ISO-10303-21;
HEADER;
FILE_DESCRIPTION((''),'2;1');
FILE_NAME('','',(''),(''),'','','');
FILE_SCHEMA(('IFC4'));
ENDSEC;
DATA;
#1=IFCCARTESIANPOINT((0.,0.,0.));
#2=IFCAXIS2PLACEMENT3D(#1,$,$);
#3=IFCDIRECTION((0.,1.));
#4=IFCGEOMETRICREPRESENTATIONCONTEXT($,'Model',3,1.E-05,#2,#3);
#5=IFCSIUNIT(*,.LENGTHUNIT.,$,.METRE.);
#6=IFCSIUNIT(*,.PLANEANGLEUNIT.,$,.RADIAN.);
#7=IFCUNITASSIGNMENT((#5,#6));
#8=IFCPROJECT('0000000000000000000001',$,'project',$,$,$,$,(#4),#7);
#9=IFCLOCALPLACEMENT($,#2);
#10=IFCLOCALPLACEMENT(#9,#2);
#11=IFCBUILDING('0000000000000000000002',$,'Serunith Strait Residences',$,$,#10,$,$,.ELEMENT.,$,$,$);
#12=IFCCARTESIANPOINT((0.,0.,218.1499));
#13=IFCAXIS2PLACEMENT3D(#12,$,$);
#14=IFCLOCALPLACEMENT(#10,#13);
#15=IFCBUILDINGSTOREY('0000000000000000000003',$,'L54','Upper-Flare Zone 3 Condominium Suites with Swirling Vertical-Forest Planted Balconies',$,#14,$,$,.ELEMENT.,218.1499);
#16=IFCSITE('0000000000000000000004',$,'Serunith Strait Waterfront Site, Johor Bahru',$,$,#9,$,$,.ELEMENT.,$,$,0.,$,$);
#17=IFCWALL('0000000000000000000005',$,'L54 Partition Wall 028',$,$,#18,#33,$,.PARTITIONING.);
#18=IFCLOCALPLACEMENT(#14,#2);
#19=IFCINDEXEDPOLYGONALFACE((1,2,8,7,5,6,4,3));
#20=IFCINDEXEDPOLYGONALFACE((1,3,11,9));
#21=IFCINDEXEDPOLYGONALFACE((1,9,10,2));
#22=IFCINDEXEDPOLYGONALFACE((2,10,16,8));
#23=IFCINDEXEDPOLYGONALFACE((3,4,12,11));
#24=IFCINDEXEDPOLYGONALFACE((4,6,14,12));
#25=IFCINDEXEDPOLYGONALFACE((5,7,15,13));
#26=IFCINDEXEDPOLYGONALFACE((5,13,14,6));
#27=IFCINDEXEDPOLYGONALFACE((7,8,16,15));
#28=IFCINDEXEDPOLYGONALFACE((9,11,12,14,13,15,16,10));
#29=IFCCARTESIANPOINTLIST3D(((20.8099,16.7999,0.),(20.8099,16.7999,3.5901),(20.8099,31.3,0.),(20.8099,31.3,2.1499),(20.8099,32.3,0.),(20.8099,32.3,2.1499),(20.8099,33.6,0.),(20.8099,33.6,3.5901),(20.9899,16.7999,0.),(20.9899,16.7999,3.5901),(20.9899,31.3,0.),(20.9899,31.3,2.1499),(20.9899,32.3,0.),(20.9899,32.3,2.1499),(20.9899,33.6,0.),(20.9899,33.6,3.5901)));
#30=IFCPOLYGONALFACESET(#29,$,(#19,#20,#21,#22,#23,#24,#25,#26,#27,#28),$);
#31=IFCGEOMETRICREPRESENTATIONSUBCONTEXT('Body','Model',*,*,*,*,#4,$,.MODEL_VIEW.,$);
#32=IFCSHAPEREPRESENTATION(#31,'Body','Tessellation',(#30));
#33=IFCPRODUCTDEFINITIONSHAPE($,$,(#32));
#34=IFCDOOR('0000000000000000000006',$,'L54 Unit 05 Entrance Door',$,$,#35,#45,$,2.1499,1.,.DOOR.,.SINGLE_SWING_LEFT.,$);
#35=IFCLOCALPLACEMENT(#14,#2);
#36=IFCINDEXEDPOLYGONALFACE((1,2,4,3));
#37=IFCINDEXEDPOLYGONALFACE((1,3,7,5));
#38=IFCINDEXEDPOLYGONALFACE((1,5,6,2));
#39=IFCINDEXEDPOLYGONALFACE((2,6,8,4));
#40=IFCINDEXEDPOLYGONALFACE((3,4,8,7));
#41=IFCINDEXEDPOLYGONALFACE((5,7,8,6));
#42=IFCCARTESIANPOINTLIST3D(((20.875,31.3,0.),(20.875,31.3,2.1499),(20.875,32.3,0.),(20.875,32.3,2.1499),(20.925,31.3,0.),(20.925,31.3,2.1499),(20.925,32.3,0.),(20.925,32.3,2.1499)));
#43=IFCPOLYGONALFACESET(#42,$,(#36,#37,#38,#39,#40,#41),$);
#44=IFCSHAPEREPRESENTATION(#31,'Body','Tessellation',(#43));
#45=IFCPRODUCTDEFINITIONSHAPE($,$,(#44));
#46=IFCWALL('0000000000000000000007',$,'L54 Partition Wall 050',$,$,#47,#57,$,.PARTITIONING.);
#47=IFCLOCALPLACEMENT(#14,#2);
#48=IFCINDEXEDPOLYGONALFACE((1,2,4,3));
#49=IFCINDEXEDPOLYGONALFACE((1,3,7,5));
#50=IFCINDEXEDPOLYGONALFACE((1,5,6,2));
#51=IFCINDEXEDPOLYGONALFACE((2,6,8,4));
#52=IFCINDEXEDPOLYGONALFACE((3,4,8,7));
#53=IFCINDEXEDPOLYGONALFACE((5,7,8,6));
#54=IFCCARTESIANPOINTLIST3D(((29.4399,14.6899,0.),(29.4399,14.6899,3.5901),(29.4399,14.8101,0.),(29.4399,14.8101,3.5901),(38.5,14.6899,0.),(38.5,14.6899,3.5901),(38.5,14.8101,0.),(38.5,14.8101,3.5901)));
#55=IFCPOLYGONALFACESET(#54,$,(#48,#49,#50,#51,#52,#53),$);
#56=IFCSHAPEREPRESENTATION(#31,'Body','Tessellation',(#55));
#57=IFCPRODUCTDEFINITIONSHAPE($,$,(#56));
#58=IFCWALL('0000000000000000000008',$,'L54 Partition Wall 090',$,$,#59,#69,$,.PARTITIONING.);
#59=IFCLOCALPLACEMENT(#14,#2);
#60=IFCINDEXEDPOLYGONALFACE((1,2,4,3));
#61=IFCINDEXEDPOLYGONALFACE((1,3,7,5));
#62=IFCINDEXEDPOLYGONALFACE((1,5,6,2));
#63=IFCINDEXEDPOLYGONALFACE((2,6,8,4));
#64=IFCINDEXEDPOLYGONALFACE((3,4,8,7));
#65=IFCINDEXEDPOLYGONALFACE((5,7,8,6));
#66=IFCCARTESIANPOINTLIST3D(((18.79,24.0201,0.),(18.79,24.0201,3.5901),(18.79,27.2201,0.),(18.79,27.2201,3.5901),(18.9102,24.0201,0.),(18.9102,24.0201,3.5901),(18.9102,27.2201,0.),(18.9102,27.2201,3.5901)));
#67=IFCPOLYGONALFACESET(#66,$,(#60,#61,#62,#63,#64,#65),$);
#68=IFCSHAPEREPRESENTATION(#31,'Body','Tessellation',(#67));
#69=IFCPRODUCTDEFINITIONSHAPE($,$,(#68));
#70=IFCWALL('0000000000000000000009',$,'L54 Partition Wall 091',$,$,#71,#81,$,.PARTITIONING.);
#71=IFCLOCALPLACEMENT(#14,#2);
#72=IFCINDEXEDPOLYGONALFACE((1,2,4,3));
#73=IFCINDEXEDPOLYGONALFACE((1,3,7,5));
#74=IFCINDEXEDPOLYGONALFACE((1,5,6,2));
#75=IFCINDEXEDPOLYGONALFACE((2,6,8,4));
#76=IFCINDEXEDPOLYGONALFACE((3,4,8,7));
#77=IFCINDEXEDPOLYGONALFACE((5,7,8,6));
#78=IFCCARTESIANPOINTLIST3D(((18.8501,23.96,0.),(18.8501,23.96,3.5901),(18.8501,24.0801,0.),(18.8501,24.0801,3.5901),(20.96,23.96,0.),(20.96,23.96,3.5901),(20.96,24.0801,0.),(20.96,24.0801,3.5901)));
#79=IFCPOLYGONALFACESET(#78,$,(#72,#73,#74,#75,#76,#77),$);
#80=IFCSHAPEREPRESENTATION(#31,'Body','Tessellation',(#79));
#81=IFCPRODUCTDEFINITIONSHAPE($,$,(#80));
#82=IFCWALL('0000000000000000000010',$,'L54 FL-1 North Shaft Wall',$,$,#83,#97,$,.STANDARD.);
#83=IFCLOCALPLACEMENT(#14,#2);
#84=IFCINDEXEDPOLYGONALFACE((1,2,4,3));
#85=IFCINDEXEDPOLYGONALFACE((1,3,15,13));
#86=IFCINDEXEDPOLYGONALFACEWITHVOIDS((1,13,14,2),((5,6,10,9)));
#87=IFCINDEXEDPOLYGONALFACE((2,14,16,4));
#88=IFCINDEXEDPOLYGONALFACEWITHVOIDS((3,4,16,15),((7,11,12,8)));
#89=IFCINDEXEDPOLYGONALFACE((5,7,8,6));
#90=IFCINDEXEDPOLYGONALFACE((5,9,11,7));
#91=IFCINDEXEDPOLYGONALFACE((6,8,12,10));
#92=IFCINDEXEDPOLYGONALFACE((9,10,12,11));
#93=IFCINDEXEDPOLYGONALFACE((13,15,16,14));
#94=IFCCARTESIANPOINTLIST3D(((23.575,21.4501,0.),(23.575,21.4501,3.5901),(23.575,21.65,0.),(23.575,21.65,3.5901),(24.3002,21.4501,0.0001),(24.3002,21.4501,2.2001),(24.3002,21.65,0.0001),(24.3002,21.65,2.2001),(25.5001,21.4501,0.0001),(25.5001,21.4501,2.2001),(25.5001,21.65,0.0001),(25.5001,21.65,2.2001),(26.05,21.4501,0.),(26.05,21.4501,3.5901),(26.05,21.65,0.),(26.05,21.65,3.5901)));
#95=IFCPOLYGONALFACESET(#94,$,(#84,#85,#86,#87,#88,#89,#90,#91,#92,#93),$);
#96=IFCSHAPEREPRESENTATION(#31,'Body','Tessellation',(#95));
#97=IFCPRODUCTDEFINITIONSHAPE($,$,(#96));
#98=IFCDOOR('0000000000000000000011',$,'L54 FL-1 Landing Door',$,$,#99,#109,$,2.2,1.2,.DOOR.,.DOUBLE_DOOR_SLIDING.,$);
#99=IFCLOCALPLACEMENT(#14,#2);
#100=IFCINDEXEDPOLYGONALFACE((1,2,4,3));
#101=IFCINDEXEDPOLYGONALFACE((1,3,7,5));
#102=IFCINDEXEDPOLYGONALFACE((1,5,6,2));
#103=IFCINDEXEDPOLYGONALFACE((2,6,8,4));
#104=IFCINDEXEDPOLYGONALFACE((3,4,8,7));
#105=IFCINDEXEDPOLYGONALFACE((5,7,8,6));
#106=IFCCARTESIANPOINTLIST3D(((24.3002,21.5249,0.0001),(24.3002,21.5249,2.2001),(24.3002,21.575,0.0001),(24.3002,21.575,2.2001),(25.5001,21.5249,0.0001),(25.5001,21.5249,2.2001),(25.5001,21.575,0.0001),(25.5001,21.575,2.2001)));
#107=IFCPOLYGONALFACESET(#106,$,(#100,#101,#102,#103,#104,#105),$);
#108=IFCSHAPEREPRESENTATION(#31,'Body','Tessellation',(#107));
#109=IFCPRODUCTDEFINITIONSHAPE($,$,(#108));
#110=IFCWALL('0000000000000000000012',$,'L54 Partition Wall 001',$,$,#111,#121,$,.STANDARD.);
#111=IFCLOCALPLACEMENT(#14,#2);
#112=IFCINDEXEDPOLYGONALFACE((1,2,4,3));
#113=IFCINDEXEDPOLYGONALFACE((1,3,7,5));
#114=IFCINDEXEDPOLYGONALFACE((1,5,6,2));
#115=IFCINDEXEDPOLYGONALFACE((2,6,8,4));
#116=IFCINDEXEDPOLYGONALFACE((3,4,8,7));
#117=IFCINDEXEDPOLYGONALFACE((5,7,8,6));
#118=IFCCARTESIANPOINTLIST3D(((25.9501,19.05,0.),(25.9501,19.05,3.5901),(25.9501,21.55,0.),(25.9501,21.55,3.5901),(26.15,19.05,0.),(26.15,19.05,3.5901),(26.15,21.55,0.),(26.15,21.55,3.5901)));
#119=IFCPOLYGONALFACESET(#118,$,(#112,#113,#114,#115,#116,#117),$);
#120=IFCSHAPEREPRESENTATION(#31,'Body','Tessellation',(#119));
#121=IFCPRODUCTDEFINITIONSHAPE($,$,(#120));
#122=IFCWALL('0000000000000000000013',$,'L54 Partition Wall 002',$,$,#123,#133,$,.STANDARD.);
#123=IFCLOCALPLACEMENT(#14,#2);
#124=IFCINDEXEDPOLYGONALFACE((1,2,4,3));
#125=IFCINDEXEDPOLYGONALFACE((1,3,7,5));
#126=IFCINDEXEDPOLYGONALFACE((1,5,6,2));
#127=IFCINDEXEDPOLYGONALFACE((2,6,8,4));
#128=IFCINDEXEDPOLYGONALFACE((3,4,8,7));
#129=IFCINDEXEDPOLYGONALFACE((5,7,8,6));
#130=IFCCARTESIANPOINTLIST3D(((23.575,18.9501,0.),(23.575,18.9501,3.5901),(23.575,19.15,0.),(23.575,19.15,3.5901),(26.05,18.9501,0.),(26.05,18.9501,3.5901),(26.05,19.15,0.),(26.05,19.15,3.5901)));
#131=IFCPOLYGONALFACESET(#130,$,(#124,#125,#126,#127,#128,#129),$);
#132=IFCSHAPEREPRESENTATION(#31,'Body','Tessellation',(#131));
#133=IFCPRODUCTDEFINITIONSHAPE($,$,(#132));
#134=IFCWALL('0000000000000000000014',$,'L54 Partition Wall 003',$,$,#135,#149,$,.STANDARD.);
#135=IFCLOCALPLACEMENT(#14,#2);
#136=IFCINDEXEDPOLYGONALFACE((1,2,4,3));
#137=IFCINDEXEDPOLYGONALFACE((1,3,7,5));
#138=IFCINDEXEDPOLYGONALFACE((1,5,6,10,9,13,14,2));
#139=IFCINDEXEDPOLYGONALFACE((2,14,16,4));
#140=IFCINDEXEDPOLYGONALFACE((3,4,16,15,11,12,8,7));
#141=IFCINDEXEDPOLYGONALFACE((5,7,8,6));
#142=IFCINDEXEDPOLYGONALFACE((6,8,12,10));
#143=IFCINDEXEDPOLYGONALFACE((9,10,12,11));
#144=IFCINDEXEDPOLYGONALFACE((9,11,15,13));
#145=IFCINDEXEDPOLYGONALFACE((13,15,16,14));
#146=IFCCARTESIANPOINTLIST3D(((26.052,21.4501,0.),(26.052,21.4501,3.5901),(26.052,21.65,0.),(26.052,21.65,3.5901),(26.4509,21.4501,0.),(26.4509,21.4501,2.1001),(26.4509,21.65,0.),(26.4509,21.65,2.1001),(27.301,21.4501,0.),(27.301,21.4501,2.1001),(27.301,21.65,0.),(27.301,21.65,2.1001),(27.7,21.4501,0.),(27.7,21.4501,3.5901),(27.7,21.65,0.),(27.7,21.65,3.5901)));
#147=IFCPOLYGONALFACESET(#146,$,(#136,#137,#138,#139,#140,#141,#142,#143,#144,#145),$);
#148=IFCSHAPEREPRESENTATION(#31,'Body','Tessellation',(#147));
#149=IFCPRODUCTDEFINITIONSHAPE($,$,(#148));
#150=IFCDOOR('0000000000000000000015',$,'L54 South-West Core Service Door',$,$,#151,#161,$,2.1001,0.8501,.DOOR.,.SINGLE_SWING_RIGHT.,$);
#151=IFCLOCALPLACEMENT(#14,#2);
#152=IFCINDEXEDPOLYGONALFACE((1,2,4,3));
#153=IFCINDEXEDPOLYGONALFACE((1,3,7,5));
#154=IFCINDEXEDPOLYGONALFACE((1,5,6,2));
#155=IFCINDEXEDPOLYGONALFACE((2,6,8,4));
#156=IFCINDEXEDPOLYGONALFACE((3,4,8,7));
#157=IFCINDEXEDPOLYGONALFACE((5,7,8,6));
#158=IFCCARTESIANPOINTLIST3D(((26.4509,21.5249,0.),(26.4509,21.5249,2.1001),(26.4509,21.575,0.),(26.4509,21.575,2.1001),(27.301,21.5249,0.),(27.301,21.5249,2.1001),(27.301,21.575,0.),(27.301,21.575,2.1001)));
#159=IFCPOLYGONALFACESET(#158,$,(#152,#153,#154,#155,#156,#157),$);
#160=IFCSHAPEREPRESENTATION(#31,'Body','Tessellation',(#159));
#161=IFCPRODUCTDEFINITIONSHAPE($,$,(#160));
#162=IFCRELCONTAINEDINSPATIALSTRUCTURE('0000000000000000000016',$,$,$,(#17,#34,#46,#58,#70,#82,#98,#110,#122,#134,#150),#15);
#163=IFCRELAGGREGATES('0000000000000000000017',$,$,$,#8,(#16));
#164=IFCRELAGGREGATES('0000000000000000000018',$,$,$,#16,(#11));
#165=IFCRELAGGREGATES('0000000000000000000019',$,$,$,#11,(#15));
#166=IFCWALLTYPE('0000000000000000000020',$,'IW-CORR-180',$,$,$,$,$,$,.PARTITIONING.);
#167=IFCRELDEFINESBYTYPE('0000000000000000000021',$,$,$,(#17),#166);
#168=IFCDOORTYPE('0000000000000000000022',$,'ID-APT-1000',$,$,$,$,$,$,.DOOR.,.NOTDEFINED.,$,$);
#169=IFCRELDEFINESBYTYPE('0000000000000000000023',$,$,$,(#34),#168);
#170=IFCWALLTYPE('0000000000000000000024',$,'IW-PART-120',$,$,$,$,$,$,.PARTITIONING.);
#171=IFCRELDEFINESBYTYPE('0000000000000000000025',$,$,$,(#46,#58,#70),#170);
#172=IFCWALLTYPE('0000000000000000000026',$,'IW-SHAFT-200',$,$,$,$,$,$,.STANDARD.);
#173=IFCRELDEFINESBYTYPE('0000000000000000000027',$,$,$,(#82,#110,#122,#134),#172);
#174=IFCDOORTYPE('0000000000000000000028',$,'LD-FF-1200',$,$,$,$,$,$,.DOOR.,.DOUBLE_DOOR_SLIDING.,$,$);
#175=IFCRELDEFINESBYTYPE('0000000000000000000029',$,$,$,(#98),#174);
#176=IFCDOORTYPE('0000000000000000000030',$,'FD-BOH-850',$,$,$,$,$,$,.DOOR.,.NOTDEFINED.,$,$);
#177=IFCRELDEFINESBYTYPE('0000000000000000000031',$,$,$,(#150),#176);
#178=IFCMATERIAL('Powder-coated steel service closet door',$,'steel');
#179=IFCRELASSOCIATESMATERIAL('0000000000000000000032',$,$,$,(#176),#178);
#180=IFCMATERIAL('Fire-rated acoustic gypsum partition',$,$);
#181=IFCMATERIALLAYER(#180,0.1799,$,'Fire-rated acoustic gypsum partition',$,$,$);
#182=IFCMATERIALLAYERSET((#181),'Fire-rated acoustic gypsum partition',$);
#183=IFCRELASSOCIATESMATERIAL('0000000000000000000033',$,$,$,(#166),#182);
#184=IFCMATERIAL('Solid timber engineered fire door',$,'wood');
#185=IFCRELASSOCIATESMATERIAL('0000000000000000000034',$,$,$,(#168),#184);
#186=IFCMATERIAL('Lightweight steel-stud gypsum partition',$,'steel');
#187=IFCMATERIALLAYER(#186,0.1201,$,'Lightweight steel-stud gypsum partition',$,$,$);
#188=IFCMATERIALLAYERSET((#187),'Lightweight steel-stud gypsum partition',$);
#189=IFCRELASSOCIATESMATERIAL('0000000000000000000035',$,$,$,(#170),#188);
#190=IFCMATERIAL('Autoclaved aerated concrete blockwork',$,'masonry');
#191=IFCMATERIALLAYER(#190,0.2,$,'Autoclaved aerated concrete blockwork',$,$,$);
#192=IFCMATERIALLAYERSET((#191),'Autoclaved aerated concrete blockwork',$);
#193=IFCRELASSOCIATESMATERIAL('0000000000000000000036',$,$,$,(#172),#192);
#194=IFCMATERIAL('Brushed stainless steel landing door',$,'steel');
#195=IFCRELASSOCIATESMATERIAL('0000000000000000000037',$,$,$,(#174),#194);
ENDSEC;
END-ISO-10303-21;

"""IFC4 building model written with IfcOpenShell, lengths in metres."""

from ifc_helpers import new_model, si_unit, direction, frame, frame_2d, origin, place, context, subcontext, project, spatial, rectangle, extrude, source, transform, mapped, material, layer, layer_set, type_object, element, fill, save


model = new_model("IFC4")

# Units and contexts
model_context = context("Model", 3, precision=1e-05, world=origin(), true_north=direction((0.0, 1.0)))
body_context = subcontext(model_context, "Body", "Model", "MODEL_VIEW")
ifc_project = project(units=[si_unit("LENGTHUNIT", "METRE"), si_unit("PLANEANGLEUNIT", "RADIAN")], contexts=[model_context])

# Site, building, storey
site_placement = place(None, origin())
site = spatial("IfcSite", under=ifc_project, at=site_placement, Name="Serunith Strait Waterfront Site, Johor Bahru", CompositionType="ELEMENT", RefElevation=0.0)
building_placement = place(site_placement, origin())
building = spatial("IfcBuilding", under=site, at=building_placement, Name="Serunith Strait Residences", CompositionType="ELEMENT")
storey_placement = place(building_placement, frame((0.0, 0.0, 218.1499)))
storey = spatial("IfcBuildingStorey", under=building, at=storey_placement, Name="L54", Description="Upper-Flare Zone 3 Condominium Suites with Swirling Vertical-Forest Planted Balconies", CompositionType="ELEMENT", Elevation=218.1499)

# Wall, opening, door
ifc_material_1 = material(Name="Powder-coated steel service closet door", Category="steel")
door_type_1 = type_object("IfcDoorType", Name="FD-BOH-850", OperationType="NOTDEFINED", PredefinedType="DOOR", material=ifc_material_1)
shared_shape_1 = source(origin(), body_context, "Body", "SweptSolid", [
    extrude(rectangle(XDim=0.8501, YDim=2.1001, at=frame_2d((0.425, 1.05))), frame((0.0, 0.0249, 0.0), z_axis=(0.0, -1.0, 0.0), x_axis=(1.0, 0.0, 0.0)), (0.0, 0.0, 1.0), 0.05),
])
ifc_material_2 = material(Name="Fire-rated acoustic gypsum partition")
ifc_layer_1 = layer(ifc_material_2, 0.1799, Name="Fire-rated acoustic gypsum partition")
ifc_layer_set_1 = layer_set([ifc_layer_1], Name="Fire-rated acoustic gypsum partition")
wall_type_1 = type_object("IfcWallType", Name="IW-CORR-180", PredefinedType="PARTITIONING", material=ifc_layer_set_1)
ifc_material_3 = material(Name="Solid timber engineered fire door", Category="wood")
door_type_2 = type_object("IfcDoorType", Name="ID-APT-1000", OperationType="NOTDEFINED", PredefinedType="DOOR", material=ifc_material_3)
shared_shape_2 = source(origin(), body_context, "Body", "SweptSolid", [
    extrude(rectangle(XDim=1.0, YDim=2.1499, at=frame_2d((0.5, 1.075))), frame((0.0, 0.0249, 0.0), z_axis=(0.0, -1.0, 0.0), x_axis=(1.0, 0.0, 0.0)), (0.0, 0.0, 1.0), 0.05),
])
wall_1_placement = place(storey_placement, frame((20.8999, 16.8, 0.0), z_axis=(0.0, 0.0, 1.0), x_axis=(0.0, 1.0, 0.0)))
wall_1 = element("IfcWall", 1, at=wall_1_placement, inside=storey, type_object=wall_type_1, Name="L54 Partition Wall 028", PredefinedType="PARTITIONING", context=body_context, shape_type="SweptSolid", body=[
    extrude(rectangle(XDim=16.8, YDim=0.1799, at=frame_2d((8.3999, 0.0))), origin(), (0.0, 0.0, 1.0), 3.5901),
])
opening_1_placement = place(wall_1_placement, frame((14.5, 0.0, 0.0)))
opening_1 = element("IfcOpeningElement", 2, at=opening_1_placement, cuts=wall_1, PredefinedType="OPENING", context=body_context, shape_type="SweptSolid", body=[
    extrude(rectangle(XDim=1.0, YDim=2.1499, at=frame_2d((0.5, 1.075))), frame((0.0, 0.1001, 0.0), z_axis=(0.0, -1.0, 0.0), x_axis=(1.0, 0.0, 0.0)), (0.0, 0.0, 1.0), 0.2),
])
door_1_placement = place(opening_1_placement, origin())
door_1 = element("IfcDoor", 3, at=door_1_placement, inside=storey, type_object=door_type_2, Name="L54 Unit 05 Entrance Door", OperationType="SINGLE_SWING_LEFT", OverallHeight=2.1499, OverallWidth=1.0, PredefinedType="DOOR", context=body_context, shape_type="MappedRepresentation", body=[
    mapped(shared_shape_2, transform((0.0, 0.0, 0.0), scale=1.0)),
])
fill(opening_1, door_1)

# Walls
ifc_material_4 = material(Name="Lightweight steel-stud gypsum partition", Category="steel")
ifc_layer_2 = layer(ifc_material_4, 0.1201, Name="Lightweight steel-stud gypsum partition")
ifc_layer_set_2 = layer_set([ifc_layer_2], Name="Lightweight steel-stud gypsum partition")
wall_type_2 = type_object("IfcWallType", Name="IW-PART-120", PredefinedType="PARTITIONING", material=ifc_layer_set_2)
wall_2_placement = place(storey_placement, frame((29.4399, 14.75, 0.0), z_axis=(0.0, 0.0, 1.0), x_axis=(1.0, 0.0, 0.0)))
element("IfcWall", 4, at=wall_2_placement, inside=storey, type_object=wall_type_2, Name="L54 Partition Wall 050", PredefinedType="PARTITIONING", context=body_context, shape_type="SweptSolid", body=[
    extrude(rectangle(XDim=9.0601, YDim=0.1201, at=frame_2d((4.53, 0.0))), origin(), (0.0, 0.0, 1.0), 3.5901),
])
wall_3_placement = place(storey_placement, frame((18.8501, 24.02, 0.0), z_axis=(0.0, 0.0, 1.0), x_axis=(0.0, 1.0, 0.0)))
element("IfcWall", 5, at=wall_3_placement, inside=storey, type_object=wall_type_2, Name="L54 Partition Wall 090", PredefinedType="PARTITIONING", context=body_context, shape_type="SweptSolid", body=[
    extrude(rectangle(XDim=3.2, YDim=0.1201, at=frame_2d((1.6001, 0.0))), origin(), (0.0, 0.0, 1.0), 3.5901),
])
wall_4_placement = place(storey_placement, frame((18.8501, 24.02, 0.0), z_axis=(0.0, 0.0, 1.0), x_axis=(1.0, 0.0, 0.0)))
element("IfcWall", 6, at=wall_4_placement, inside=storey, type_object=wall_type_2, Name="L54 Partition Wall 091", PredefinedType="PARTITIONING", context=body_context, shape_type="SweptSolid", body=[
    extrude(rectangle(XDim=2.1099, YDim=0.1201, at=frame_2d((1.0549, 0.0))), origin(), (0.0, 0.0, 1.0), 3.5901),
])

# Wall, opening, door
ifc_material_5 = material(Name="Autoclaved aerated concrete blockwork", Category="masonry")
ifc_layer_3 = layer(ifc_material_5, 0.2, Name="Autoclaved aerated concrete blockwork")
ifc_layer_set_3 = layer_set([ifc_layer_3], Name="Autoclaved aerated concrete blockwork")
wall_type_3 = type_object("IfcWallType", Name="IW-SHAFT-200", PredefinedType="STANDARD", material=ifc_layer_set_3)
wall_5_placement = place(storey_placement, frame((23.575, 21.55, 0.0), z_axis=(0.0, 0.0, 1.0), x_axis=(1.0, 0.0, 0.0)))
wall_5 = element("IfcWall", 7, at=wall_5_placement, inside=storey, type_object=wall_type_3, Name="L54 FL-1 North Shaft Wall", PredefinedType="STANDARD", context=body_context, shape_type="SweptSolid", body=[
    extrude(rectangle(XDim=2.4751, YDim=0.2, at=frame_2d((1.2375, 0.0))), origin(), (0.0, 0.0, 1.0), 3.5901),
])
opening_2_placement = place(wall_5_placement, frame((0.7251, 0.0, 0.0)))
opening_2 = element("IfcOpeningElement", 8, at=opening_2_placement, cuts=wall_5, PredefinedType="OPENING", context=body_context, shape_type="SweptSolid", body=[
    extrude(rectangle(XDim=1.2, YDim=2.2, at=frame_2d((0.6001, 1.1001))), frame((0.0, 0.1099, 0.0), z_axis=(0.0, -1.0, 0.0), x_axis=(1.0, 0.0, 0.0)), (0.0, 0.0, 1.0), 0.22),
])
ifc_material_6 = material(Name="Brushed stainless steel landing door", Category="steel")
door_type_3 = type_object("IfcDoorType", Name="LD-FF-1200", OperationType="DOUBLE_DOOR_SLIDING", PredefinedType="DOOR", material=ifc_material_6)
shared_shape_3 = source(origin(), body_context, "Body", "SweptSolid", [
    extrude(rectangle(XDim=1.2, YDim=2.2, at=frame_2d((0.6001, 1.1001))), frame((0.0, 0.0249, 0.0), z_axis=(0.0, -1.0, 0.0), x_axis=(1.0, 0.0, 0.0)), (0.0, 0.0, 1.0), 0.05),
])
door_2_placement = place(opening_2_placement, origin())
door_2 = element("IfcDoor", 9, at=door_2_placement, inside=storey, type_object=door_type_3, Name="L54 FL-1 Landing Door", OperationType="DOUBLE_DOOR_SLIDING", OverallHeight=2.2, OverallWidth=1.2, PredefinedType="DOOR", context=body_context, shape_type="MappedRepresentation", body=[
    mapped(shared_shape_3, transform((0.0, 0.0, 0.0), scale=1.0)),
])
fill(opening_2, door_2)

# Walls
wall_6_placement = place(storey_placement, frame((26.05, 19.05, 0.0), z_axis=(0.0, 0.0, 1.0), x_axis=(0.0, 1.0, 0.0)))
element("IfcWall", 10, at=wall_6_placement, inside=storey, type_object=wall_type_3, Name="L54 Partition Wall 001", PredefinedType="STANDARD", context=body_context, shape_type="SweptSolid", body=[
    extrude(rectangle(XDim=2.5, YDim=0.2, at=frame_2d((1.25, 0.0))), origin(), (0.0, 0.0, 1.0), 3.5901),
])
wall_7_placement = place(storey_placement, frame((23.575, 19.05, 0.0), z_axis=(0.0, 0.0, 1.0), x_axis=(1.0, 0.0, 0.0)))
element("IfcWall", 11, at=wall_7_placement, inside=storey, type_object=wall_type_3, Name="L54 Partition Wall 002", PredefinedType="STANDARD", context=body_context, shape_type="SweptSolid", body=[
    extrude(rectangle(XDim=2.4751, YDim=0.2, at=frame_2d((1.2375, 0.0))), origin(), (0.0, 0.0, 1.0), 3.5901),
])

# Wall, opening, door
wall_8_placement = place(storey_placement, frame((26.052, 21.55, 0.0), z_axis=(0.0, 0.0, 1.0), x_axis=(1.0, 0.0, 0.0)))
wall_8 = element("IfcWall", 12, at=wall_8_placement, inside=storey, type_object=wall_type_3, Name="L54 Partition Wall 003", PredefinedType="STANDARD", context=body_context, shape_type="SweptSolid", body=[
    extrude(rectangle(XDim=1.6479, YDim=0.2, at=frame_2d((0.824, 0.0))), origin(), (0.0, 0.0, 1.0), 3.5901),
])
opening_3_placement = place(wall_8_placement, frame((0.3989, 0.0, 0.0)))
opening_3 = element("IfcOpeningElement", 13, at=opening_3_placement, cuts=wall_8, PredefinedType="OPENING", context=body_context, shape_type="SweptSolid", body=[
    extrude(rectangle(XDim=0.8501, YDim=2.1001, at=frame_2d((0.425, 1.05))), frame((0.0, 0.1099, 0.0), z_axis=(0.0, -1.0, 0.0), x_axis=(1.0, 0.0, 0.0)), (0.0, 0.0, 1.0), 0.22),
])
door_3_placement = place(opening_3_placement, origin())
door_3 = element("IfcDoor", 14, at=door_3_placement, inside=storey, type_object=door_type_1, Name="L54 South-West Core Service Door", OperationType="SINGLE_SWING_RIGHT", OverallHeight=2.1001, OverallWidth=0.8501, PredefinedType="DOOR", context=body_context, shape_type="MappedRepresentation", body=[
    mapped(shared_shape_1, transform((0.0, 0.0, 0.0), scale=1.0)),
])
fill(opening_3, door_3)

save(model, "model.ifc")
